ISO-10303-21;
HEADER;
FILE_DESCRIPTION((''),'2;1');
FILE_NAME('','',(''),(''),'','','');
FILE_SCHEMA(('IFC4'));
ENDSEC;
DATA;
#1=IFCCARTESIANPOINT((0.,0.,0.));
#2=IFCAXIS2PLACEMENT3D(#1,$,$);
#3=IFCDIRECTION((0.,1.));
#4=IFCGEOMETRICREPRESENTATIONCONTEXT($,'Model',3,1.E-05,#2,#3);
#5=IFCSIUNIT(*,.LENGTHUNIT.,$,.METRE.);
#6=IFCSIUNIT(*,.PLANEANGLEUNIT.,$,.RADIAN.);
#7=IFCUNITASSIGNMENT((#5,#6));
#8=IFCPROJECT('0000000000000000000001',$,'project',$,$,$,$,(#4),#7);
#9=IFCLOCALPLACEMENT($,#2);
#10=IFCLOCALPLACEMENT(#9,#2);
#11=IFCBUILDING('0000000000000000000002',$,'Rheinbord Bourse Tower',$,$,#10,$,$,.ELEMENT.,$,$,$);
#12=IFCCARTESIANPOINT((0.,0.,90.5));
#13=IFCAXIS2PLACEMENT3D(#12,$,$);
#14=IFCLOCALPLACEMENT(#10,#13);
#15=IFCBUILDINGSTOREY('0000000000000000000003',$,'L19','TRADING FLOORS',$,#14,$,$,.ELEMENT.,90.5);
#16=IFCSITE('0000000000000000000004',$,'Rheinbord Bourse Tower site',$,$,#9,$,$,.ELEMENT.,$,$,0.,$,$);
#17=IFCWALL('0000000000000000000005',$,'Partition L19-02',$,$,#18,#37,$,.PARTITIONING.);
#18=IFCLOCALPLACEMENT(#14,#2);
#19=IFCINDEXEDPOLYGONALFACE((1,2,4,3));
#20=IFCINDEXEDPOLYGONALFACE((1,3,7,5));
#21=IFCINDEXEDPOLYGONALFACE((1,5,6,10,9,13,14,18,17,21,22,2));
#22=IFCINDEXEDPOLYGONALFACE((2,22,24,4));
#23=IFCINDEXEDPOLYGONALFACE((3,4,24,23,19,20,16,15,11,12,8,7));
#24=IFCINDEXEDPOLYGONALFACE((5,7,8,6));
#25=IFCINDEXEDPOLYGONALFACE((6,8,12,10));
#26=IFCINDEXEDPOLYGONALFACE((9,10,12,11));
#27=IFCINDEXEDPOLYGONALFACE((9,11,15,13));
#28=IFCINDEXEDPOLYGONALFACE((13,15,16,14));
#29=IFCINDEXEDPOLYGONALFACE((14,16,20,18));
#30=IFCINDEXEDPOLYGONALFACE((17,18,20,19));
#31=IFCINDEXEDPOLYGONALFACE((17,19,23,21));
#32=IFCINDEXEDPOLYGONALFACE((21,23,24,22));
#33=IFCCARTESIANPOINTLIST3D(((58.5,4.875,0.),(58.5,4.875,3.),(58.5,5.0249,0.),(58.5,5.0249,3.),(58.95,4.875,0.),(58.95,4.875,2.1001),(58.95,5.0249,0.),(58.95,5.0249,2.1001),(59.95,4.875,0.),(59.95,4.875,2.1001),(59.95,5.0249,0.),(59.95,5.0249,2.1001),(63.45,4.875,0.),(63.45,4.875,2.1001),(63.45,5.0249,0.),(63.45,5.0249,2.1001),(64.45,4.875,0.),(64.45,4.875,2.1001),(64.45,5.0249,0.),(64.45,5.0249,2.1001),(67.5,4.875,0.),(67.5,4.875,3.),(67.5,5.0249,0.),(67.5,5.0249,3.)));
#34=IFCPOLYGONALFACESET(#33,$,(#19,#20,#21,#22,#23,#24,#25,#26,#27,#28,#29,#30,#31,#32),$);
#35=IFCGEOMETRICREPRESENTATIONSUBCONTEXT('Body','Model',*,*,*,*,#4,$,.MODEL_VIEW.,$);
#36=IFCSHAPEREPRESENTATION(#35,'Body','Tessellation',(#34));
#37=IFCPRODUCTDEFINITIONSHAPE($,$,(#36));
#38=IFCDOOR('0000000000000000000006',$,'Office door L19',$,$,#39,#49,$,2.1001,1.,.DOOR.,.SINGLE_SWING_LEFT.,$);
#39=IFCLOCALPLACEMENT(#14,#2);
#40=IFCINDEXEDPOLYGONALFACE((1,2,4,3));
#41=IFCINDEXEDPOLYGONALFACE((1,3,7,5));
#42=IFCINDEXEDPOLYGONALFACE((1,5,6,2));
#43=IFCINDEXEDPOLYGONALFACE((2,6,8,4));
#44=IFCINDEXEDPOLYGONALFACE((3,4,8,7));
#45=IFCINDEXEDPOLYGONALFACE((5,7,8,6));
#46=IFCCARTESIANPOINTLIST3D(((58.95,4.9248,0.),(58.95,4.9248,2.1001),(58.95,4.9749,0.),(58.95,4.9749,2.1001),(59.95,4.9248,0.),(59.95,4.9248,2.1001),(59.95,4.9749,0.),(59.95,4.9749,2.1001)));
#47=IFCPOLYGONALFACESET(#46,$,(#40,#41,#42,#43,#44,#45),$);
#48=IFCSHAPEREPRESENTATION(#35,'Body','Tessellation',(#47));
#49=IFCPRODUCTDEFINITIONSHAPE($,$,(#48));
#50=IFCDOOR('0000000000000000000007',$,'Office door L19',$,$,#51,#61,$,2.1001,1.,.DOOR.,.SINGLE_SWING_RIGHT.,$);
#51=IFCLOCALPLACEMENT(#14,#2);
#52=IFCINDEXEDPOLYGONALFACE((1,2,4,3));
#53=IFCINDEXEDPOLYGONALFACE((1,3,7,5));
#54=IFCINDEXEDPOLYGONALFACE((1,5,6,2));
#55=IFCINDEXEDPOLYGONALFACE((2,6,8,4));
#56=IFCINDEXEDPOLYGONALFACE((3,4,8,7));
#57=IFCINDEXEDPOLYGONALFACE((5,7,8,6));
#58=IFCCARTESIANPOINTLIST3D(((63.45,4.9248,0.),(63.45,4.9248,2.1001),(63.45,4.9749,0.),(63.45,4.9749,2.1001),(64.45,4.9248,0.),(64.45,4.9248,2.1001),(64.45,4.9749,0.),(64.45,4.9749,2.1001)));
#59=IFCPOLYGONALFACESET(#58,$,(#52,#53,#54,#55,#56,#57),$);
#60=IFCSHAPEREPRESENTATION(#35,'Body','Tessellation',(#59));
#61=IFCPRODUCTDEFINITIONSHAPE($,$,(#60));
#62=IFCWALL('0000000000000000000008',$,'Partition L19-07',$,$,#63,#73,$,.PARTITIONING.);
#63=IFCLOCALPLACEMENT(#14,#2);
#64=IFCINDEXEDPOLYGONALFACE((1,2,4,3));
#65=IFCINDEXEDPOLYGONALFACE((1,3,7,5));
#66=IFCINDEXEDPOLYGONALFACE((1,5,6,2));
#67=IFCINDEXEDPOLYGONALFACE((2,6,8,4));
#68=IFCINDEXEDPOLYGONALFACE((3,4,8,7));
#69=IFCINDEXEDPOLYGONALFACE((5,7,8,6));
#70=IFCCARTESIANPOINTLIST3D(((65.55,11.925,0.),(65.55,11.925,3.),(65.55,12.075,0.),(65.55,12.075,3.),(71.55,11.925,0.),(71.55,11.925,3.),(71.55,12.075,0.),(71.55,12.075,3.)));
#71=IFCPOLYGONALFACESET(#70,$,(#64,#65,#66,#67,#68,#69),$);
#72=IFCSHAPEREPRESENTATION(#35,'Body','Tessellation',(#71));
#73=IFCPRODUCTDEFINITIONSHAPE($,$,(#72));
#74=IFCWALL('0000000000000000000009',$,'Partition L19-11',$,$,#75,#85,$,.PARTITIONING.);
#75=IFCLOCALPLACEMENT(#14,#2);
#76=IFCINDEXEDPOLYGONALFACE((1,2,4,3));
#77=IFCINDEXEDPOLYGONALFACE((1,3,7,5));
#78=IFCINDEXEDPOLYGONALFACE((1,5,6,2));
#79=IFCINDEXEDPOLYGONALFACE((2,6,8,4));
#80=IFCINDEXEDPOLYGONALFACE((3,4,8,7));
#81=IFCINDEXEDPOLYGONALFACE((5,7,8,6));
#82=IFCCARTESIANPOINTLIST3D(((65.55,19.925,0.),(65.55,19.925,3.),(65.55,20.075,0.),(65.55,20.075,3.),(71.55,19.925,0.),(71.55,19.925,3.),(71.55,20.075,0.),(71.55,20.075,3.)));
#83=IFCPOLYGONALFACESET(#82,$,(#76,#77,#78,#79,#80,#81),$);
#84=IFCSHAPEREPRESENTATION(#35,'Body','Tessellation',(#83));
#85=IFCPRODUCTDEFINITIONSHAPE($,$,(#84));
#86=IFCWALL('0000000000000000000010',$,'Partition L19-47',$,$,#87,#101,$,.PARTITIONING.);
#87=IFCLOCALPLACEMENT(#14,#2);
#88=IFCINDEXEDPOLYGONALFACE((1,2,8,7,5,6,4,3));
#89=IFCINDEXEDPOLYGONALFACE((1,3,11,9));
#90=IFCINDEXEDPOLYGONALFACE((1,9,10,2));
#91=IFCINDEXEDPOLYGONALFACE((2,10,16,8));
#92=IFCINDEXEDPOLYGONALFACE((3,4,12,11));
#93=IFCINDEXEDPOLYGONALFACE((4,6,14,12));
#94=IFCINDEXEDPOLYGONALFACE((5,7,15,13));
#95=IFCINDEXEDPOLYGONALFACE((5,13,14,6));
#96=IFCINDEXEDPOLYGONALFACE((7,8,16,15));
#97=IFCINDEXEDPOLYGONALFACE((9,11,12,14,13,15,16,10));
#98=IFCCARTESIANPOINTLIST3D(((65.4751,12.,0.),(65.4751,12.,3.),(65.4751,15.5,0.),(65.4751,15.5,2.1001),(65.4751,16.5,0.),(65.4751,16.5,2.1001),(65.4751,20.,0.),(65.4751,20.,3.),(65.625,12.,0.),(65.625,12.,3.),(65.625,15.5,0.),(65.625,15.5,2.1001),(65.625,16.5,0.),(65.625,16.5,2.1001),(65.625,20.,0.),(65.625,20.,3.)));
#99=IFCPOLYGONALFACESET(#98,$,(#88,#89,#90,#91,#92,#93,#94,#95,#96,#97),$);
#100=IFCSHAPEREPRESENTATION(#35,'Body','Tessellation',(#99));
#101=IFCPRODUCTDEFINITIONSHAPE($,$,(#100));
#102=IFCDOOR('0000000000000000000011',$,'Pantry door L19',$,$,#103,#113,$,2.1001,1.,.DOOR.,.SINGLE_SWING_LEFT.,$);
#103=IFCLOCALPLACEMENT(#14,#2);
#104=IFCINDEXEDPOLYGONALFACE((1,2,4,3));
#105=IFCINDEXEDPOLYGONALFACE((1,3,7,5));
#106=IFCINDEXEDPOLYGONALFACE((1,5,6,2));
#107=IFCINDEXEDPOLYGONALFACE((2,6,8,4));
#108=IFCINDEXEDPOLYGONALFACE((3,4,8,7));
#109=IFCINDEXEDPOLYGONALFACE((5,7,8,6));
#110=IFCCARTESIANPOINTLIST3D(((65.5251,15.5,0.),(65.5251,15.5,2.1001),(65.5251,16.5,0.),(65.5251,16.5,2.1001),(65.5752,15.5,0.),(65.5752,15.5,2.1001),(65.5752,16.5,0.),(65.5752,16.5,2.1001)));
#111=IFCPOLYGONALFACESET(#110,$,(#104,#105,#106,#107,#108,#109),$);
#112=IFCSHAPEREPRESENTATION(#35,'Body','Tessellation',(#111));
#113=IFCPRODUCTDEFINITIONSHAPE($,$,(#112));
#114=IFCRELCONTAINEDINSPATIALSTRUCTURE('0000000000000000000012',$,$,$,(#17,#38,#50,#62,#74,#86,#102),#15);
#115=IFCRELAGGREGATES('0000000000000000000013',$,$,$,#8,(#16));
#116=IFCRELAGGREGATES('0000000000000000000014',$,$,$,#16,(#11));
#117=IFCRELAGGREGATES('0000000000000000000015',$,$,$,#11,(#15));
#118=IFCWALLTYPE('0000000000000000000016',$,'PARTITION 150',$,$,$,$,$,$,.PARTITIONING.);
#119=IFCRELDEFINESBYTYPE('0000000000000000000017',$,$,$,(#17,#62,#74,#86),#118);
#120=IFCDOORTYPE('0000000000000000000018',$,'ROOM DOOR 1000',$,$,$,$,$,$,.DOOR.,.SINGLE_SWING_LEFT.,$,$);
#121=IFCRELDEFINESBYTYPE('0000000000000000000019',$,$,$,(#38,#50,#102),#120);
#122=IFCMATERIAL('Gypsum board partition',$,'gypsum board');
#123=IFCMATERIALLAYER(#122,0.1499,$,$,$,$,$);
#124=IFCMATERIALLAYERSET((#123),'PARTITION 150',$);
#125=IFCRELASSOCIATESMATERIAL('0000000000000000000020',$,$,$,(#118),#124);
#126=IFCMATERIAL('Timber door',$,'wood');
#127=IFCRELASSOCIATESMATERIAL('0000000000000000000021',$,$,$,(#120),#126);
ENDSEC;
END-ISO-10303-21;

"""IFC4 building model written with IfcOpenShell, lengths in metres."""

from ifc_helpers import new_model, si_unit, direction, frame, frame_2d, origin, place, context, subcontext, project, spatial, rectangle, extrude, material, layer, layer_set, type_object, element, fill, save


model = new_model("IFC4")

# Units and contexts
model_context = context("Model", 3, precision=1e-05, world=origin(), true_north=direction((0.0, 1.0)))
body_context = subcontext(model_context, "Body", "Model", "MODEL_VIEW")
ifc_project = project(units=[si_unit("LENGTHUNIT", "METRE"), si_unit("PLANEANGLEUNIT", "RADIAN")], contexts=[model_context])

# Site, building, storey
site_placement = place(None, origin())
site = spatial("IfcSite", under=ifc_project, at=site_placement, Name="Rheinbord Bourse Tower site", CompositionType="ELEMENT", RefElevation=0.0)
building_placement = place(site_placement, origin())
building = spatial("IfcBuilding", under=site, at=building_placement, Name="Rheinbord Bourse Tower", CompositionType="ELEMENT")
storey_placement = place(building_placement, frame((0.0, 0.0, 90.5)))
storey = spatial("IfcBuildingStorey", under=building, at=storey_placement, Name="L19", Description="TRADING FLOORS", CompositionType="ELEMENT", Elevation=90.5)

# Wall, openings, doors
ifc_material_1 = material(Name="Gypsum board partition", Category="gypsum board")
ifc_layer_1 = layer(ifc_material_1, 0.1499)
ifc_layer_set_1 = layer_set([ifc_layer_1], Name="PARTITION 150")
wall_type_1 = type_object("IfcWallType", Name="PARTITION 150", PredefinedType="PARTITIONING", material=ifc_layer_set_1)
wall_1_placement = place(storey_placement, frame((58.5, 4.95, 0.0), z_axis=(0.0, 0.0, 1.0), x_axis=(1.0, 0.0, 0.0)))
wall_1 = element("IfcWall", 1, at=wall_1_placement, inside=storey, type_object=wall_type_1, Name="Partition L19-02", PredefinedType="PARTITIONING", context=body_context, shape_type="SweptSolid", body=[
    extrude(rectangle(XDim=9.0, YDim=0.1499, at=frame_2d((4.5, 0.0))), origin(), (0.0, 0.0, 1.0), 3.0),
])
opening_1_placement = place(wall_1_placement, frame((0.45, 0.0, 0.0)))
opening_1 = element("IfcOpeningElement", 2, at=opening_1_placement, cuts=wall_1, PredefinedType="OPENING", context=body_context, shape_type="SweptSolid", body=[
    extrude(rectangle(XDim=1.0, YDim=2.1001, at=frame_2d((0.5, 1.05))), frame((0.0, 0.085, 0.0), z_axis=(0.0, -1.0, 0.0), x_axis=(1.0, 0.0, 0.0)), (0.0, 0.0, 1.0), 0.1699),
])
opening_2_placement = place(wall_1_placement, frame((4.95, 0.0, 0.0)))
opening_2 = element("IfcOpeningElement", 3, at=opening_2_placement, cuts=wall_1, PredefinedType="OPENING", context=body_context, shape_type="SweptSolid", body=[
    extrude(rectangle(XDim=1.0, YDim=2.1001, at=frame_2d((0.5, 1.05))), frame((0.0, 0.085, 0.0), z_axis=(0.0, -1.0, 0.0), x_axis=(1.0, 0.0, 0.0)), (0.0, 0.0, 1.0), 0.1699),
])
ifc_material_2 = material(Name="Timber door", Category="wood")
door_type = type_object("IfcDoorType", Name="ROOM DOOR 1000", OperationType="SINGLE_SWING_LEFT", PredefinedType="DOOR", material=ifc_material_2)
door_1_placement = place(opening_1_placement, origin())
door_1 = element("IfcDoor", 4, at=door_1_placement, inside=storey, type_object=door_type, Name="Office door L19", OperationType="SINGLE_SWING_LEFT", OverallHeight=2.1001, OverallWidth=1.0, PredefinedType="DOOR", context=body_context, shape_type="SweptSolid", body=[
    extrude(rectangle(XDim=1.0, YDim=2.1001, at=frame_2d((0.5, 1.05))), frame((0.0, 0.0249, 0.0), z_axis=(0.0, -1.0, 0.0), x_axis=(1.0, 0.0, 0.0)), (0.0, 0.0, 1.0), 0.05),
])
fill(opening_1, door_1)
door_2_placement = place(opening_2_placement, origin())
door_2 = element("IfcDoor", 5, at=door_2_placement, inside=storey, type_object=door_type, Name="Office door L19", OperationType="SINGLE_SWING_RIGHT", OverallHeight=2.1001, OverallWidth=1.0, PredefinedType="DOOR", context=body_context, shape_type="SweptSolid", body=[
    extrude(rectangle(XDim=1.0, YDim=2.1001, at=frame_2d((0.5, 1.05))), frame((0.0, 0.0249, 0.0), z_axis=(0.0, -1.0, 0.0), x_axis=(1.0, 0.0, 0.0)), (0.0, 0.0, 1.0), 0.05),
])
fill(opening_2, door_2)

# Walls
for number, where, z_axis, x_axis, name in (
    (6, (65.55, 12.0, 0.0), (0.0, 0.0, 1.0), (1.0, 0.0, 0.0), "Partition L19-07"),
    (7, (65.55, 20.0, 0.0), (0.0, 0.0, 1.0), (1.0, 0.0, 0.0), "Partition L19-11"),
):
    element("IfcWall", number, at=place(storey_placement, frame(where, z_axis=z_axis, x_axis=x_axis)), inside=storey, type_object=wall_type_1, Name=name, PredefinedType="PARTITIONING", context=body_context, shape_type="SweptSolid", body=[
        extrude(rectangle(XDim=6.0, YDim=0.1499, at=frame_2d((3.0, 0.0))), origin(), (0.0, 0.0, 1.0), 3.0),
    ])

# Wall, opening, door
wall_2_placement = place(storey_placement, frame((65.55, 12.0, 0.0), z_axis=(0.0, 0.0, 1.0), x_axis=(0.0, 1.0, 0.0)))
wall_2 = element("IfcWall", 8, at=wall_2_placement, inside=storey, type_object=wall_type_1, Name="Partition L19-47", PredefinedType="PARTITIONING", context=body_context, shape_type="SweptSolid", body=[
    extrude(rectangle(XDim=8.0, YDim=0.1499, at=frame_2d((4.0, 0.0))), origin(), (0.0, 0.0, 1.0), 3.0),
])
opening_3_placement = place(wall_2_placement, frame((3.5, 0.0, 0.0)))
opening_3 = element("IfcOpeningElement", 9, at=opening_3_placement, cuts=wall_2, PredefinedType="OPENING", context=body_context, shape_type="SweptSolid", body=[
    extrude(rectangle(XDim=1.0, YDim=2.1001, at=frame_2d((0.5, 1.05))), frame((0.0, 0.085, 0.0), z_axis=(0.0, -1.0, 0.0), x_axis=(1.0, 0.0, 0.0)), (0.0, 0.0, 1.0), 0.1699),
])
door_3_placement = place(opening_3_placement, origin())
door_3 = element("IfcDoor", 10, at=door_3_placement, inside=storey, type_object=door_type, Name="Pantry door L19", OperationType="SINGLE_SWING_LEFT", OverallHeight=2.1001, OverallWidth=1.0, PredefinedType="DOOR", context=body_context, shape_type="SweptSolid", body=[
    extrude(rectangle(XDim=1.0, YDim=2.1001, at=frame_2d((0.5, 1.05))), frame((0.0, 0.0249, 0.0), z_axis=(0.0, -1.0, 0.0), x_axis=(1.0, 0.0, 0.0)), (0.0, 0.0, 1.0), 0.05),
])
fill(opening_3, door_3)

save(model, "model.ifc")
